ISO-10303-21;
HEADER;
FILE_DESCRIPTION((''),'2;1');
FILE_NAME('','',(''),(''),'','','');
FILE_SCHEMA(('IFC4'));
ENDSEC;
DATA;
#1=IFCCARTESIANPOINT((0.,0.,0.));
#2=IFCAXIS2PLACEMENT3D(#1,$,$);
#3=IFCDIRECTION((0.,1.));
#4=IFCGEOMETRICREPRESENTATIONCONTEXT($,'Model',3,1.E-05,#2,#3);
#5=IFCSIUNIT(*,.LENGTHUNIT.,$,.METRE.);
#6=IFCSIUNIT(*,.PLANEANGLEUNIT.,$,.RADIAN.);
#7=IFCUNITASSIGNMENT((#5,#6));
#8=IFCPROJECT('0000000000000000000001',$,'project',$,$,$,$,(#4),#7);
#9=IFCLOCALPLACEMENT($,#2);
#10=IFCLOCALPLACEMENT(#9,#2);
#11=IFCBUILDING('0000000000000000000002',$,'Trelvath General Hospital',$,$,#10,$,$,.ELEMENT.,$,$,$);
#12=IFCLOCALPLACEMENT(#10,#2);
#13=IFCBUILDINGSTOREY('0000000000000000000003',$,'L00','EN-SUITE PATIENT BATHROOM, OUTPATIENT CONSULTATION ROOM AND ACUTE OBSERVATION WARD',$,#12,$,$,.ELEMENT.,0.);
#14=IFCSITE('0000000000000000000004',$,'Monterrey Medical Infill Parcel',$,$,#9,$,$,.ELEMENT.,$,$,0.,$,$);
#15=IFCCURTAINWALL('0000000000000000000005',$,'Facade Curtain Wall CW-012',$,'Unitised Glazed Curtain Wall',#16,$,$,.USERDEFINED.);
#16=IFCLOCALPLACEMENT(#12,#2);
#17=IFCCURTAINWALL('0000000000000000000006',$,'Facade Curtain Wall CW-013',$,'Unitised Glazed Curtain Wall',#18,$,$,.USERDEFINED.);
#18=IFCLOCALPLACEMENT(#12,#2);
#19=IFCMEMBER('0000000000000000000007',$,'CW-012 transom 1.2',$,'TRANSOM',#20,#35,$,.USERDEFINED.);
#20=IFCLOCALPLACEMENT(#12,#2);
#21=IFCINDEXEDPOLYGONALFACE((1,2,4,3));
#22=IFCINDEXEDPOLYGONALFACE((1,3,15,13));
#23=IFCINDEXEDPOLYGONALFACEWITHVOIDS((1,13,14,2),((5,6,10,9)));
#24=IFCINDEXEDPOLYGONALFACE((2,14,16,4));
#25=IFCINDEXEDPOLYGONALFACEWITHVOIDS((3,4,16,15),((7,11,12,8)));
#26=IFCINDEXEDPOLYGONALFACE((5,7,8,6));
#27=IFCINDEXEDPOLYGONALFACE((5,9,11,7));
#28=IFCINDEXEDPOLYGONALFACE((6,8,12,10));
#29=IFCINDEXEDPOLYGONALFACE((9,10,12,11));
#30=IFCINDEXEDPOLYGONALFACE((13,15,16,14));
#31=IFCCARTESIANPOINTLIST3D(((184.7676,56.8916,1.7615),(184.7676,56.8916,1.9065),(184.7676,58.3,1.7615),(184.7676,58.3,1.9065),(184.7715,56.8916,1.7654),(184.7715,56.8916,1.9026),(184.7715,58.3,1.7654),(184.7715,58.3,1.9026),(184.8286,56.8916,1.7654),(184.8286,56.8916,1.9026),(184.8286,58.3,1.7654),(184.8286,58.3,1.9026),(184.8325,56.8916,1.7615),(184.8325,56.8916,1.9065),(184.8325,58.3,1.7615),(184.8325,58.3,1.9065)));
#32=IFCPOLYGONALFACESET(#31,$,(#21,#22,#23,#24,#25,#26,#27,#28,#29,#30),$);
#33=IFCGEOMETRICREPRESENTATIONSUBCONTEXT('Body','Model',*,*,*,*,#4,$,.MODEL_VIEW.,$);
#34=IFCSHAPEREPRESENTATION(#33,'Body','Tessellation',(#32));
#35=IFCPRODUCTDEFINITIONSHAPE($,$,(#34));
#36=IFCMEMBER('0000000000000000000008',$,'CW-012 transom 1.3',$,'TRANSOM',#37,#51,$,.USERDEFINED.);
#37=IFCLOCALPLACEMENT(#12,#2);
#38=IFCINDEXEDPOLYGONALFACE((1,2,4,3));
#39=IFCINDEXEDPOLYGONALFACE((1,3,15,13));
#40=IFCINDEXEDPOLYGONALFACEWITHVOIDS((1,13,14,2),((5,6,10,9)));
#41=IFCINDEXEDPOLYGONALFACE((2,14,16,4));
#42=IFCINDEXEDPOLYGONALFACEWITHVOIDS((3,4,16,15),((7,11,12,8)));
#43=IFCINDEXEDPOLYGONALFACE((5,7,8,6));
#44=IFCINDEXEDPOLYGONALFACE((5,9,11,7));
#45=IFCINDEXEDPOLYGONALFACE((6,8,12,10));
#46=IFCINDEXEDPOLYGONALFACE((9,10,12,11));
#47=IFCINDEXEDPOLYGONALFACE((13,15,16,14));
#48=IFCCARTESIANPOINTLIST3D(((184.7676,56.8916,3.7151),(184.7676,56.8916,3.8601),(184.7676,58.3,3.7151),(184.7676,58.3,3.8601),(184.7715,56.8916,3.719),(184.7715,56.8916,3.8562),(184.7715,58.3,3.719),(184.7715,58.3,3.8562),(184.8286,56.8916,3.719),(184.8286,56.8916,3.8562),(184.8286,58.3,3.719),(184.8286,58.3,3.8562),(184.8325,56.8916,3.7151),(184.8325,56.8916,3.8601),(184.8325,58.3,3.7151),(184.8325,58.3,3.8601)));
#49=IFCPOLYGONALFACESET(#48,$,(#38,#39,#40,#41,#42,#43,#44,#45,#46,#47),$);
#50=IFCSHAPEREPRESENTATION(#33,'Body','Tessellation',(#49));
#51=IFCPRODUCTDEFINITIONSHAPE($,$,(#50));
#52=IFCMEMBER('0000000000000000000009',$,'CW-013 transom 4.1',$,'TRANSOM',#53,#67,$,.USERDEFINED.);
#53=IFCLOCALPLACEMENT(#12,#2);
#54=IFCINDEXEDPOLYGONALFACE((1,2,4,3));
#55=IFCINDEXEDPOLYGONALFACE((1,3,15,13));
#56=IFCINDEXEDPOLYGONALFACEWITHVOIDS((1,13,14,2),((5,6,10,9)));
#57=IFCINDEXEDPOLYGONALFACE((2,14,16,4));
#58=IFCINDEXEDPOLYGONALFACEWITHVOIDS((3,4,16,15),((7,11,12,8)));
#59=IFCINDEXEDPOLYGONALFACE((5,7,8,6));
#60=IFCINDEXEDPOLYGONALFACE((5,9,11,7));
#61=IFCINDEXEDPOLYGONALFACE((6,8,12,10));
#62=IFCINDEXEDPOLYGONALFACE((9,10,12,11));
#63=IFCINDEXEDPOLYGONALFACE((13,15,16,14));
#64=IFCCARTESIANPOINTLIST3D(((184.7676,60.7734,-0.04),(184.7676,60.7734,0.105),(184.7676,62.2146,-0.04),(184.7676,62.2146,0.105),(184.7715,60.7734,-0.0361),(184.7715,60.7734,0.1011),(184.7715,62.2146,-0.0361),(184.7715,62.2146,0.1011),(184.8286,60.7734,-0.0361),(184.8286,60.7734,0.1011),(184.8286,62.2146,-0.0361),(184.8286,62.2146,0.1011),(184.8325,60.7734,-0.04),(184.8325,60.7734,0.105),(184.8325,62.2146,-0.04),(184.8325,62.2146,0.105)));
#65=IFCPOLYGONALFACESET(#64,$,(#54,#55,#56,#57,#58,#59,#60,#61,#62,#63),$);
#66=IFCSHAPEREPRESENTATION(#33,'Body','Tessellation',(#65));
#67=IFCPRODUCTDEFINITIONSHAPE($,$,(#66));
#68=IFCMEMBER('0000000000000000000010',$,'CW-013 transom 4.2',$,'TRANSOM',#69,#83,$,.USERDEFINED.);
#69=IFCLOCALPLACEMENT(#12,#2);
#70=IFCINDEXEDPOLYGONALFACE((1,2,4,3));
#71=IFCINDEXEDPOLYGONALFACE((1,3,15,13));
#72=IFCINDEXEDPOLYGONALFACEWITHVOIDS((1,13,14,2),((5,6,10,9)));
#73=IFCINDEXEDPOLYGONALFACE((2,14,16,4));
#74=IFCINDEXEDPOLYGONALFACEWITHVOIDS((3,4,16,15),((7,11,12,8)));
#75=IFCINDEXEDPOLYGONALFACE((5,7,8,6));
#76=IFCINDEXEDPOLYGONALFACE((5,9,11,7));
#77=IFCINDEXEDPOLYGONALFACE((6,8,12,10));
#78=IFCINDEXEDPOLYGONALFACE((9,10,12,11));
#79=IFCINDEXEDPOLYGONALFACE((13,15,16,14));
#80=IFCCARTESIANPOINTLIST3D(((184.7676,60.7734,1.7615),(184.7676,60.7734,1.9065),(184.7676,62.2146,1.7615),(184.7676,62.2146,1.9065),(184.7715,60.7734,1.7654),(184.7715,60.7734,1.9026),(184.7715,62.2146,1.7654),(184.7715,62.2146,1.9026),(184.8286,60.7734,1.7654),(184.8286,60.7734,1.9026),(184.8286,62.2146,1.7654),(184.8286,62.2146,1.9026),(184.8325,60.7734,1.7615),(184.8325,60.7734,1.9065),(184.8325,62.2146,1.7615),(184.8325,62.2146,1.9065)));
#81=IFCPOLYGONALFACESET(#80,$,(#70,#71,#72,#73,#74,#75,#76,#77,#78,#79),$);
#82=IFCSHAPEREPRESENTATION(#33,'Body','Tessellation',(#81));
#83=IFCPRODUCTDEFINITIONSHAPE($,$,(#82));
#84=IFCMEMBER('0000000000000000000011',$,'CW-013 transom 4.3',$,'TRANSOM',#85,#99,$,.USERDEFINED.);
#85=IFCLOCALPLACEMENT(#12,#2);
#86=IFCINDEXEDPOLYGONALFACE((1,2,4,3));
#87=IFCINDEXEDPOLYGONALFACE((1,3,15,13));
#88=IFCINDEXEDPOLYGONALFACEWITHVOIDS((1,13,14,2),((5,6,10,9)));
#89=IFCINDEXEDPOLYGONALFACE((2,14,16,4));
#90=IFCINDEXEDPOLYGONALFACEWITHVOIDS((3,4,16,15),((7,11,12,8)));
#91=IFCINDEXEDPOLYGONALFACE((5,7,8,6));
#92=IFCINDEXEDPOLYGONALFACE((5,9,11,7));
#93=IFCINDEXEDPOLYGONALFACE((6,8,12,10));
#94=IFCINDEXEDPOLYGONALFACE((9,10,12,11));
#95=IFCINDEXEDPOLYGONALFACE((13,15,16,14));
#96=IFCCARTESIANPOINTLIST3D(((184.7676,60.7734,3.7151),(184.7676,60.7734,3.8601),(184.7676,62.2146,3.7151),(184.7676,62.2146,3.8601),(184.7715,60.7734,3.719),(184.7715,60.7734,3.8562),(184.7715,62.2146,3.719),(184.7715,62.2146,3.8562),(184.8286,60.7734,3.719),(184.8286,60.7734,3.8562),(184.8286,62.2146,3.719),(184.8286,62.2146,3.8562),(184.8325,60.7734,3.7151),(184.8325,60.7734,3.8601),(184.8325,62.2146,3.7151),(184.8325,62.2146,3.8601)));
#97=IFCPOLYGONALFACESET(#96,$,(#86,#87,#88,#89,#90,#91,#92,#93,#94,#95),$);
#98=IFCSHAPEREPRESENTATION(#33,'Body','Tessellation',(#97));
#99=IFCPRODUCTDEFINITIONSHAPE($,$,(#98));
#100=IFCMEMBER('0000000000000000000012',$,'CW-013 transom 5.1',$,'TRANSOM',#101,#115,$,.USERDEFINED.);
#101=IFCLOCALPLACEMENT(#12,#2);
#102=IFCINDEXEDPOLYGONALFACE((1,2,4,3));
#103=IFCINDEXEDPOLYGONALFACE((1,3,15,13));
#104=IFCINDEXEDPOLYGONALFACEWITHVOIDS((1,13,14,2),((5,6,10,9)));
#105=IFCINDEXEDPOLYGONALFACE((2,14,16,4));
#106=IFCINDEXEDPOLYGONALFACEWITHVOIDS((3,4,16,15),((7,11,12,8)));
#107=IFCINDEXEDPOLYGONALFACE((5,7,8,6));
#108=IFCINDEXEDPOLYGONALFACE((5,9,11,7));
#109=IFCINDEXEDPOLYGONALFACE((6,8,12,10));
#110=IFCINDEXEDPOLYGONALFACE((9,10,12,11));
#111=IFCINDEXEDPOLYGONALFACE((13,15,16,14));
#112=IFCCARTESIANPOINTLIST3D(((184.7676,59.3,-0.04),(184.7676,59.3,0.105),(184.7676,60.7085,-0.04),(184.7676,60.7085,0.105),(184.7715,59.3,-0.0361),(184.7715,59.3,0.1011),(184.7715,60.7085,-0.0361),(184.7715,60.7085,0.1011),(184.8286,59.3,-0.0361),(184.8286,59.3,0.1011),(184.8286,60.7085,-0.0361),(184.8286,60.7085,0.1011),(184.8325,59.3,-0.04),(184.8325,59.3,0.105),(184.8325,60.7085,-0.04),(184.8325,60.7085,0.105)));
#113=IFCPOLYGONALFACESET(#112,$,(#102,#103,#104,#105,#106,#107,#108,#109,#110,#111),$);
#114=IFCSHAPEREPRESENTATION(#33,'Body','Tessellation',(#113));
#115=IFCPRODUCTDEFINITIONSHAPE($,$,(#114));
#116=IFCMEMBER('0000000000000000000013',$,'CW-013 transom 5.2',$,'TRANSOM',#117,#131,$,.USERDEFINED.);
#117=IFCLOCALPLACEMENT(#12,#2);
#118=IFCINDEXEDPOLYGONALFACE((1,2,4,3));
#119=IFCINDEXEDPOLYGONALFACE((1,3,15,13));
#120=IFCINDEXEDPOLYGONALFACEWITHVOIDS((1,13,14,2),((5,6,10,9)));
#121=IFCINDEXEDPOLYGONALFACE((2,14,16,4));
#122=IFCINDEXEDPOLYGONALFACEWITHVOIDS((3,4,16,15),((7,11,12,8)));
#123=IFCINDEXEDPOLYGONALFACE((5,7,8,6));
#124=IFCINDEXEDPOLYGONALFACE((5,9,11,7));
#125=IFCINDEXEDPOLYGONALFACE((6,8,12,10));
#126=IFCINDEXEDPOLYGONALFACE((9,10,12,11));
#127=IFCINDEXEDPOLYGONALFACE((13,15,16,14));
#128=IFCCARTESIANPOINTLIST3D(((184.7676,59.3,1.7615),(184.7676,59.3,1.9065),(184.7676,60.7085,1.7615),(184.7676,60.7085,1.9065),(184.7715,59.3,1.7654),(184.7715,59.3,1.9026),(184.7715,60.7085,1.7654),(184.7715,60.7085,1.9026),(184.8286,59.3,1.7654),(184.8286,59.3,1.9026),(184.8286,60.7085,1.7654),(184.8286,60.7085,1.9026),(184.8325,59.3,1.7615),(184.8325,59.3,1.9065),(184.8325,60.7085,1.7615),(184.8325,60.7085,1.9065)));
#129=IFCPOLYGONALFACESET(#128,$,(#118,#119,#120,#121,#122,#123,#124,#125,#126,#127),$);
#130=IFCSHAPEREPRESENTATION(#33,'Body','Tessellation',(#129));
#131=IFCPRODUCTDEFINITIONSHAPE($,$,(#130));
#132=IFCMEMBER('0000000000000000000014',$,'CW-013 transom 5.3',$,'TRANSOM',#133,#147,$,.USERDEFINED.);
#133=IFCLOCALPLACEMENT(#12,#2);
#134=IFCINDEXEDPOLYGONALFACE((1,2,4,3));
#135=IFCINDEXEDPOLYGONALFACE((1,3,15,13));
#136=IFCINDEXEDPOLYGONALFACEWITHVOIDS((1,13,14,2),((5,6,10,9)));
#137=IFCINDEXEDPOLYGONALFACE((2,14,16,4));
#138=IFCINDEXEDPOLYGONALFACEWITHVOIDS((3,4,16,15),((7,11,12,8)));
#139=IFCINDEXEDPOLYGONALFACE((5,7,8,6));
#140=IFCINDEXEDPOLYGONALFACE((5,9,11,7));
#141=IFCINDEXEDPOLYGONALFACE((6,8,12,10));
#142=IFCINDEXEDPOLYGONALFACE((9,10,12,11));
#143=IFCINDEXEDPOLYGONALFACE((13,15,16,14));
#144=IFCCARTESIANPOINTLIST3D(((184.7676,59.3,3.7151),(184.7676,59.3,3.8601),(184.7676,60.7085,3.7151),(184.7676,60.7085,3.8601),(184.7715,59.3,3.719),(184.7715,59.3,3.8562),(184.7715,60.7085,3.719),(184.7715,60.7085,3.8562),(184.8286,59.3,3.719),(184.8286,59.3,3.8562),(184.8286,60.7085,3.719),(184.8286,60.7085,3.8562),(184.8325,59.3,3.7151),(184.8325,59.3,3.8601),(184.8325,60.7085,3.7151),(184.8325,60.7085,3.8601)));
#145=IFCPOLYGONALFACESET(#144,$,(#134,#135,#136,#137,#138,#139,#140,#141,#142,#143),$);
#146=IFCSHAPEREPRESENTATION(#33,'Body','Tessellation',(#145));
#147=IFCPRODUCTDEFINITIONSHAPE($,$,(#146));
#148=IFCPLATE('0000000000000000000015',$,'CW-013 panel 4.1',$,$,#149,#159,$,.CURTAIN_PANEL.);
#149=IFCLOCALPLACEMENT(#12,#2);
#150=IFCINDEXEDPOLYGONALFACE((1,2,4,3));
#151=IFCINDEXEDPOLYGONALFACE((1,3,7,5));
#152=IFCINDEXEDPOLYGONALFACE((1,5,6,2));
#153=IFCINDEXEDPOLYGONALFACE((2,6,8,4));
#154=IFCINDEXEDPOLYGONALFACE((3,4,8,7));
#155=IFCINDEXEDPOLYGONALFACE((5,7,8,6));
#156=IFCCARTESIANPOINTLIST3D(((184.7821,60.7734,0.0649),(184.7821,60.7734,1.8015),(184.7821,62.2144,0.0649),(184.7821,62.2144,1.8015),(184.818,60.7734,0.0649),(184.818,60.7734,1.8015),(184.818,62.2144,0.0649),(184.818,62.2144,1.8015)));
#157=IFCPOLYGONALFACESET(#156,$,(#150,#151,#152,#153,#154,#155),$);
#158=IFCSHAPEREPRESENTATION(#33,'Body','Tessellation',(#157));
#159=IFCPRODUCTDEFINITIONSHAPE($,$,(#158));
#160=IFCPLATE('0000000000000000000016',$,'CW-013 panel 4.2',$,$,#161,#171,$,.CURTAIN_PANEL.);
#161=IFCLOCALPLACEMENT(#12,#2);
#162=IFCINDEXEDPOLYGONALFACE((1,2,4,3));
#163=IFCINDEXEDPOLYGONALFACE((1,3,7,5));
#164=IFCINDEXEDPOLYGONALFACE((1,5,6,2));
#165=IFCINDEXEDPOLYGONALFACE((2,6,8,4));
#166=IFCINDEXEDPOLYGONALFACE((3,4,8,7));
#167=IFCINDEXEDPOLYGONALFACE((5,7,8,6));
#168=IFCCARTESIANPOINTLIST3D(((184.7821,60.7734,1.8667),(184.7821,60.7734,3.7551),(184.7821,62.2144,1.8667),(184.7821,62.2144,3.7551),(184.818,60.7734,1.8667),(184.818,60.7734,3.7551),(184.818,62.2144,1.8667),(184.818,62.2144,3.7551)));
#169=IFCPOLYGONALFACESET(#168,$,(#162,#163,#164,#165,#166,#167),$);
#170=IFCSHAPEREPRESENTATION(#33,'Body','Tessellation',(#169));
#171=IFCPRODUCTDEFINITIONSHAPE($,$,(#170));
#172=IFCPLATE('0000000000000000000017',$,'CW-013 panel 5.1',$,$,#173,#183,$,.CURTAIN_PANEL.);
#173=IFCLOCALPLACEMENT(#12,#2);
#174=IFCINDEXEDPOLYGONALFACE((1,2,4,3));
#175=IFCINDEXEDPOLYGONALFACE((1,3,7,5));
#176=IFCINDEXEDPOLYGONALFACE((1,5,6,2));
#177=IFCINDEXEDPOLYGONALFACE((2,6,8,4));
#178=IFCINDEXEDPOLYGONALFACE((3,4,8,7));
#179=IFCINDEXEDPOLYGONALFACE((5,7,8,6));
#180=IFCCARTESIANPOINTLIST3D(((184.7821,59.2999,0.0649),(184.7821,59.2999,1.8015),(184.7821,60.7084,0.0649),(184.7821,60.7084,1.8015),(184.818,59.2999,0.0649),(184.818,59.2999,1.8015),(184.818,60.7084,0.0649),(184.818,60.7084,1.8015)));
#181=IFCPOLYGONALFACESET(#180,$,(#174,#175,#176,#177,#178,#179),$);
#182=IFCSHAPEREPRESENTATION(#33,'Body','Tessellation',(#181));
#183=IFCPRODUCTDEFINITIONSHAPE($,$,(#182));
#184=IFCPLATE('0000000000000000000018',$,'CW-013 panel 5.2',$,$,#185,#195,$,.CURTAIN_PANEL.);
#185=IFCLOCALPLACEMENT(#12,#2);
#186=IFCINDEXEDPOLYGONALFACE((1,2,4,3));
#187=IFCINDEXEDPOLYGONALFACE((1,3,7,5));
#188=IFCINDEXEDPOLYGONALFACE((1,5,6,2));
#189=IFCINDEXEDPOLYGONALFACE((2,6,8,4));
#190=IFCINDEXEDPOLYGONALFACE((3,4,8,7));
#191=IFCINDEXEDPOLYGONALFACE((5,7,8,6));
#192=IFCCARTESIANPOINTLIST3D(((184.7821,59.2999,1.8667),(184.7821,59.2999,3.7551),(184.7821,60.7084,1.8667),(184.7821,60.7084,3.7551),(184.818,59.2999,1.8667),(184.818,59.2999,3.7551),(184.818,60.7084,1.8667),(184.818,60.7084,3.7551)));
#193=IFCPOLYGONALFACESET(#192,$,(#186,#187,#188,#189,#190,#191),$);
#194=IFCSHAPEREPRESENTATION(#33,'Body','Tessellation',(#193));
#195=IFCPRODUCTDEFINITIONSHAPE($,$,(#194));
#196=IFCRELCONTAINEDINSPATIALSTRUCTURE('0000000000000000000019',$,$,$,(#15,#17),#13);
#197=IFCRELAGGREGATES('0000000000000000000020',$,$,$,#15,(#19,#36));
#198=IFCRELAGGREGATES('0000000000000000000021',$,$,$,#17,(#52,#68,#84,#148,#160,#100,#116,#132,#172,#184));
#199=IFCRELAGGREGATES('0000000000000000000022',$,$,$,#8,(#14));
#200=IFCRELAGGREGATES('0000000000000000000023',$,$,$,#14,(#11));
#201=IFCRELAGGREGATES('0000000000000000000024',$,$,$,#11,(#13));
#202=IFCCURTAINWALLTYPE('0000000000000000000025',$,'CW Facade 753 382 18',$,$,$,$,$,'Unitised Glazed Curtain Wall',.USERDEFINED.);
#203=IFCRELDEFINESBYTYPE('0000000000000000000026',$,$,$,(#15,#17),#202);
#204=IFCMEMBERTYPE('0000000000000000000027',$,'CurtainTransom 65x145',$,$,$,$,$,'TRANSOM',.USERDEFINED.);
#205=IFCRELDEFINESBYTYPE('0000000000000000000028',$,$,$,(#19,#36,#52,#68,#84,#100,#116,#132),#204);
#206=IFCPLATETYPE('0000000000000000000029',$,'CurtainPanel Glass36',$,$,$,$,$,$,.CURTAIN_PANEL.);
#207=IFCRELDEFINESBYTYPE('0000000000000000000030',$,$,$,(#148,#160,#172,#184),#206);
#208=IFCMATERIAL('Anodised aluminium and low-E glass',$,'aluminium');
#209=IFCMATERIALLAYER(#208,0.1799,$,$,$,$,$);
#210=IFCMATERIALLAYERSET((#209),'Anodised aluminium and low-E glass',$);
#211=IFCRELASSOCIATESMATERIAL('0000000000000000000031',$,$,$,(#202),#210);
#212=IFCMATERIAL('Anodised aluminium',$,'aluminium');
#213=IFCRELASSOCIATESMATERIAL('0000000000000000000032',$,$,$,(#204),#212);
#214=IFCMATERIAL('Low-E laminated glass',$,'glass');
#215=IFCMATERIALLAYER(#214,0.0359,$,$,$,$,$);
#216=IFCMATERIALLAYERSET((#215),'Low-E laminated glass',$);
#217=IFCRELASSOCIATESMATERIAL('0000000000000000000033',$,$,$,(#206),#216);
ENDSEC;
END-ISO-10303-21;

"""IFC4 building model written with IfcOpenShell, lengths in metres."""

from ifc_helpers import new_model, si_unit, direction, frame, origin, origin_2d, place, context, subcontext, project, spatial, rectangle, hollow_rectangle, extrude, material, layer, layer_set, material_profile, profile_set, type_object, element, aggregate, save


model = new_model("IFC4")

# Units and contexts
model_context = context("Model", 3, precision=1e-05, world=origin(), true_north=direction((0.0, 1.0)))
body_context = subcontext(model_context, "Body", "Model", "MODEL_VIEW")
ifc_project = project(units=[si_unit("LENGTHUNIT", "METRE"), si_unit("PLANEANGLEUNIT", "RADIAN")], contexts=[model_context])

# Site, building, storey
site_placement = place(None, origin())
site = spatial("IfcSite", under=ifc_project, at=site_placement, Name="Monterrey Medical Infill Parcel", CompositionType="ELEMENT", RefElevation=0.0)
building_placement = place(site_placement, origin())
building = spatial("IfcBuilding", under=site, at=building_placement, Name="Trelvath General Hospital", CompositionType="ELEMENT")
storey_placement = place(building_placement, origin())
storey = spatial("IfcBuildingStorey", under=building, at=storey_placement, Name="L00", Description="EN-SUITE PATIENT BATHROOM, OUTPATIENT CONSULTATION ROOM AND ACUTE OBSERVATION WARD", CompositionType="ELEMENT", Elevation=0.0)

# Curtain wall
ifc_material_1 = material(Name="Anodised aluminium and low-E glass", Category="aluminium")
ifc_layer_1 = layer(ifc_material_1, 0.1799)
ifc_layer_set_1 = layer_set([ifc_layer_1], Name="Anodised aluminium and low-E glass")
curtain_wall_type = type_object("IfcCurtainWallType", Name="CW Facade 753 382 18", ElementType="Unitised Glazed Curtain Wall", PredefinedType="USERDEFINED", material=ifc_layer_set_1)
curtain_wall_1_placement = place(storey_placement, origin())
curtain_wall_1 = element("IfcCurtainWall", 1, at=curtain_wall_1_placement, inside=storey, type_object=curtain_wall_type, Name="Facade Curtain Wall CW-012", ObjectType="Unitised Glazed Curtain Wall", PredefinedType="USERDEFINED")

# Curtain wall
curtain_wall_2_placement = place(storey_placement, origin())
curtain_wall_2 = element("IfcCurtainWall", 2, at=curtain_wall_2_placement, inside=storey, type_object=curtain_wall_type, Name="Facade Curtain Wall CW-013", ObjectType="Unitised Glazed Curtain Wall", PredefinedType="USERDEFINED")

# Members
ifc_material_2 = material(Name="Anodised aluminium", Category="aluminium")
ifc_material_profile_1 = material_profile(ifc_material_2, hollow_rectangle(XDim=0.0649, YDim=0.145, WallThickness=0.0039, at=origin_2d()), Name="RHS65x145x4")
ifc_profile_set_1 = profile_set([ifc_material_profile_1], Name="Anodised aluminium")
member_type_1 = type_object("IfcMemberType", Name="CurtainTransom 65x145", ElementType="TRANSOM", PredefinedType="USERDEFINED", material=ifc_profile_set_1)
member_1_placement = place(storey_placement, frame((184.8, 58.3, 1.834), z_axis=(0.0, -1.0, 0.0), x_axis=(1.0, 0.0, 0.0)))
member_1 = element("IfcMember", 3, at=member_1_placement, type_object=member_type_1, Name="CW-012 transom 1.2", ObjectType="TRANSOM", PredefinedType="USERDEFINED", context=body_context, shape_type="SweptSolid", body=[
    extrude(hollow_rectangle(XDim=0.0649, YDim=0.145, WallThickness=0.0039, at=origin_2d()), origin(), (0.0, 0.0, 1.0), 1.4084),
])
member_2_placement = place(storey_placement, frame((184.8, 58.3, 3.7876), z_axis=(0.0, -1.0, 0.0), x_axis=(1.0, 0.0, 0.0)))
member_2 = element("IfcMember", 4, at=member_2_placement, type_object=member_type_1, Name="CW-012 transom 1.3", ObjectType="TRANSOM", PredefinedType="USERDEFINED", context=body_context, shape_type="SweptSolid", body=[
    extrude(hollow_rectangle(XDim=0.0649, YDim=0.145, WallThickness=0.0039, at=origin_2d()), origin(), (0.0, 0.0, 1.0), 1.4084),
])
aggregate(curtain_wall_1, [member_1, member_2])
member_3_placement = place(storey_placement, frame((184.8, 62.2146, 0.0325), z_axis=(0.0, -1.0, 0.0), x_axis=(1.0, 0.0, 0.0)))
member_3 = element("IfcMember", 5, at=member_3_placement, type_object=member_type_1, Name="CW-013 transom 4.1", ObjectType="TRANSOM", PredefinedType="USERDEFINED", context=body_context, shape_type="SweptSolid", body=[
    extrude(hollow_rectangle(XDim=0.0649, YDim=0.145, WallThickness=0.0039, at=origin_2d()), origin(), (0.0, 0.0, 1.0), 1.4412),
])
member_4_placement = place(storey_placement, frame((184.8, 62.2146, 1.834), z_axis=(0.0, -1.0, 0.0), x_axis=(1.0, 0.0, 0.0)))
member_4 = element("IfcMember", 6, at=member_4_placement, type_object=member_type_1, Name="CW-013 transom 4.2", ObjectType="TRANSOM", PredefinedType="USERDEFINED", context=body_context, shape_type="SweptSolid", body=[
    extrude(hollow_rectangle(XDim=0.0649, YDim=0.145, WallThickness=0.0039, at=origin_2d()), origin(), (0.0, 0.0, 1.0), 1.4412),
])
member_5_placement = place(storey_placement, frame((184.8, 62.2146, 3.7876), z_axis=(0.0, -1.0, 0.0), x_axis=(1.0, 0.0, 0.0)))
member_5 = element("IfcMember", 7, at=member_5_placement, type_object=member_type_1, Name="CW-013 transom 4.3", ObjectType="TRANSOM", PredefinedType="USERDEFINED", context=body_context, shape_type="SweptSolid", body=[
    extrude(hollow_rectangle(XDim=0.0649, YDim=0.145, WallThickness=0.0039, at=origin_2d()), origin(), (0.0, 0.0, 1.0), 1.4412),
])
member_6_placement = place(storey_placement, frame((184.8, 60.7085, 0.0325), z_axis=(0.0, -1.0, 0.0), x_axis=(1.0, 0.0, 0.0)))
member_6 = element("IfcMember", 8, at=member_6_placement, type_object=member_type_1, Name="CW-013 transom 5.1", ObjectType="TRANSOM", PredefinedType="USERDEFINED", context=body_context, shape_type="SweptSolid", body=[
    extrude(hollow_rectangle(XDim=0.0649, YDim=0.145, WallThickness=0.0039, at=origin_2d()), origin(), (0.0, 0.0, 1.0), 1.4084),
])
member_7_placement = place(storey_placement, frame((184.8, 60.7085, 1.834), z_axis=(0.0, -1.0, 0.0), x_axis=(1.0, 0.0, 0.0)))
member_7 = element("IfcMember", 9, at=member_7_placement, type_object=member_type_1, Name="CW-013 transom 5.2", ObjectType="TRANSOM", PredefinedType="USERDEFINED", context=body_context, shape_type="SweptSolid", body=[
    extrude(hollow_rectangle(XDim=0.0649, YDim=0.145, WallThickness=0.0039, at=origin_2d()), origin(), (0.0, 0.0, 1.0), 1.4084),
])
member_8_placement = place(storey_placement, frame((184.8, 60.7085, 3.7876), z_axis=(0.0, -1.0, 0.0), x_axis=(1.0, 0.0, 0.0)))
member_8 = element("IfcMember", 10, at=member_8_placement, type_object=member_type_1, Name="CW-013 transom 5.3", ObjectType="TRANSOM", PredefinedType="USERDEFINED", context=body_context, shape_type="SweptSolid", body=[
    extrude(hollow_rectangle(XDim=0.0649, YDim=0.145, WallThickness=0.0039, at=origin_2d()), origin(), (0.0, 0.0, 1.0), 1.4084),
])

# Plates
ifc_material_3 = material(Name="Low-E laminated glass", Category="glass")
ifc_layer_2 = layer(ifc_material_3, 0.0359)
ifc_layer_set_2 = layer_set([ifc_layer_2], Name="Low-E laminated glass")
plate_type = type_object("IfcPlateType", Name="CurtainPanel Glass36", PredefinedType="CURTAIN_PANEL", material=ifc_layer_set_2)
plate_1_placement = place(storey_placement, frame((184.8, 61.4939, 0.0649), z_axis=(0.0, 0.0, 1.0), x_axis=(0.0, -1.0, 0.0)))
plate_1 = element("IfcPlate", 11, at=plate_1_placement, type_object=plate_type, Name="CW-013 panel 4.1", PredefinedType="CURTAIN_PANEL", context=body_context, shape_type="SweptSolid", body=[
    extrude(rectangle(XDim=1.4409, YDim=0.0359, at=origin_2d()), origin(), (0.0, 0.0, 1.0), 1.7366),
])
plate_2_placement = place(storey_placement, frame((184.8, 61.4939, 1.8667), z_axis=(0.0, 0.0, 1.0), x_axis=(0.0, -1.0, 0.0)))
plate_2 = element("IfcPlate", 12, at=plate_2_placement, type_object=plate_type, Name="CW-013 panel 4.2", PredefinedType="CURTAIN_PANEL", context=body_context, shape_type="SweptSolid", body=[
    extrude(rectangle(XDim=1.4409, YDim=0.0359, at=origin_2d()), origin(), (0.0, 0.0, 1.0), 1.8884),
])
plate_3_placement = place(storey_placement, frame((184.8, 60.0042, 0.0649), z_axis=(0.0, 0.0, 1.0), x_axis=(0.0, -1.0, 0.0)))
plate_3 = element("IfcPlate", 13, at=plate_3_placement, type_object=plate_type, Name="CW-013 panel 5.1", PredefinedType="CURTAIN_PANEL", context=body_context, shape_type="SweptSolid", body=[
    extrude(rectangle(XDim=1.4084, YDim=0.0359, at=origin_2d()), origin(), (0.0, 0.0, 1.0), 1.7366),
])
plate_4_placement = place(storey_placement, frame((184.8, 60.0042, 1.8667), z_axis=(0.0, 0.0, 1.0), x_axis=(0.0, -1.0, 0.0)))
plate_4 = element("IfcPlate", 14, at=plate_4_placement, type_object=plate_type, Name="CW-013 panel 5.2", PredefinedType="CURTAIN_PANEL", context=body_context, shape_type="SweptSolid", body=[
    extrude(rectangle(XDim=1.4084, YDim=0.0359, at=origin_2d()), origin(), (0.0, 0.0, 1.0), 1.8884),
])
aggregate(curtain_wall_2, [member_3, member_4, member_5, plate_1, plate_2, member_6, member_7, member_8, plate_3, plate_4])

save(model, "model.ifc")
